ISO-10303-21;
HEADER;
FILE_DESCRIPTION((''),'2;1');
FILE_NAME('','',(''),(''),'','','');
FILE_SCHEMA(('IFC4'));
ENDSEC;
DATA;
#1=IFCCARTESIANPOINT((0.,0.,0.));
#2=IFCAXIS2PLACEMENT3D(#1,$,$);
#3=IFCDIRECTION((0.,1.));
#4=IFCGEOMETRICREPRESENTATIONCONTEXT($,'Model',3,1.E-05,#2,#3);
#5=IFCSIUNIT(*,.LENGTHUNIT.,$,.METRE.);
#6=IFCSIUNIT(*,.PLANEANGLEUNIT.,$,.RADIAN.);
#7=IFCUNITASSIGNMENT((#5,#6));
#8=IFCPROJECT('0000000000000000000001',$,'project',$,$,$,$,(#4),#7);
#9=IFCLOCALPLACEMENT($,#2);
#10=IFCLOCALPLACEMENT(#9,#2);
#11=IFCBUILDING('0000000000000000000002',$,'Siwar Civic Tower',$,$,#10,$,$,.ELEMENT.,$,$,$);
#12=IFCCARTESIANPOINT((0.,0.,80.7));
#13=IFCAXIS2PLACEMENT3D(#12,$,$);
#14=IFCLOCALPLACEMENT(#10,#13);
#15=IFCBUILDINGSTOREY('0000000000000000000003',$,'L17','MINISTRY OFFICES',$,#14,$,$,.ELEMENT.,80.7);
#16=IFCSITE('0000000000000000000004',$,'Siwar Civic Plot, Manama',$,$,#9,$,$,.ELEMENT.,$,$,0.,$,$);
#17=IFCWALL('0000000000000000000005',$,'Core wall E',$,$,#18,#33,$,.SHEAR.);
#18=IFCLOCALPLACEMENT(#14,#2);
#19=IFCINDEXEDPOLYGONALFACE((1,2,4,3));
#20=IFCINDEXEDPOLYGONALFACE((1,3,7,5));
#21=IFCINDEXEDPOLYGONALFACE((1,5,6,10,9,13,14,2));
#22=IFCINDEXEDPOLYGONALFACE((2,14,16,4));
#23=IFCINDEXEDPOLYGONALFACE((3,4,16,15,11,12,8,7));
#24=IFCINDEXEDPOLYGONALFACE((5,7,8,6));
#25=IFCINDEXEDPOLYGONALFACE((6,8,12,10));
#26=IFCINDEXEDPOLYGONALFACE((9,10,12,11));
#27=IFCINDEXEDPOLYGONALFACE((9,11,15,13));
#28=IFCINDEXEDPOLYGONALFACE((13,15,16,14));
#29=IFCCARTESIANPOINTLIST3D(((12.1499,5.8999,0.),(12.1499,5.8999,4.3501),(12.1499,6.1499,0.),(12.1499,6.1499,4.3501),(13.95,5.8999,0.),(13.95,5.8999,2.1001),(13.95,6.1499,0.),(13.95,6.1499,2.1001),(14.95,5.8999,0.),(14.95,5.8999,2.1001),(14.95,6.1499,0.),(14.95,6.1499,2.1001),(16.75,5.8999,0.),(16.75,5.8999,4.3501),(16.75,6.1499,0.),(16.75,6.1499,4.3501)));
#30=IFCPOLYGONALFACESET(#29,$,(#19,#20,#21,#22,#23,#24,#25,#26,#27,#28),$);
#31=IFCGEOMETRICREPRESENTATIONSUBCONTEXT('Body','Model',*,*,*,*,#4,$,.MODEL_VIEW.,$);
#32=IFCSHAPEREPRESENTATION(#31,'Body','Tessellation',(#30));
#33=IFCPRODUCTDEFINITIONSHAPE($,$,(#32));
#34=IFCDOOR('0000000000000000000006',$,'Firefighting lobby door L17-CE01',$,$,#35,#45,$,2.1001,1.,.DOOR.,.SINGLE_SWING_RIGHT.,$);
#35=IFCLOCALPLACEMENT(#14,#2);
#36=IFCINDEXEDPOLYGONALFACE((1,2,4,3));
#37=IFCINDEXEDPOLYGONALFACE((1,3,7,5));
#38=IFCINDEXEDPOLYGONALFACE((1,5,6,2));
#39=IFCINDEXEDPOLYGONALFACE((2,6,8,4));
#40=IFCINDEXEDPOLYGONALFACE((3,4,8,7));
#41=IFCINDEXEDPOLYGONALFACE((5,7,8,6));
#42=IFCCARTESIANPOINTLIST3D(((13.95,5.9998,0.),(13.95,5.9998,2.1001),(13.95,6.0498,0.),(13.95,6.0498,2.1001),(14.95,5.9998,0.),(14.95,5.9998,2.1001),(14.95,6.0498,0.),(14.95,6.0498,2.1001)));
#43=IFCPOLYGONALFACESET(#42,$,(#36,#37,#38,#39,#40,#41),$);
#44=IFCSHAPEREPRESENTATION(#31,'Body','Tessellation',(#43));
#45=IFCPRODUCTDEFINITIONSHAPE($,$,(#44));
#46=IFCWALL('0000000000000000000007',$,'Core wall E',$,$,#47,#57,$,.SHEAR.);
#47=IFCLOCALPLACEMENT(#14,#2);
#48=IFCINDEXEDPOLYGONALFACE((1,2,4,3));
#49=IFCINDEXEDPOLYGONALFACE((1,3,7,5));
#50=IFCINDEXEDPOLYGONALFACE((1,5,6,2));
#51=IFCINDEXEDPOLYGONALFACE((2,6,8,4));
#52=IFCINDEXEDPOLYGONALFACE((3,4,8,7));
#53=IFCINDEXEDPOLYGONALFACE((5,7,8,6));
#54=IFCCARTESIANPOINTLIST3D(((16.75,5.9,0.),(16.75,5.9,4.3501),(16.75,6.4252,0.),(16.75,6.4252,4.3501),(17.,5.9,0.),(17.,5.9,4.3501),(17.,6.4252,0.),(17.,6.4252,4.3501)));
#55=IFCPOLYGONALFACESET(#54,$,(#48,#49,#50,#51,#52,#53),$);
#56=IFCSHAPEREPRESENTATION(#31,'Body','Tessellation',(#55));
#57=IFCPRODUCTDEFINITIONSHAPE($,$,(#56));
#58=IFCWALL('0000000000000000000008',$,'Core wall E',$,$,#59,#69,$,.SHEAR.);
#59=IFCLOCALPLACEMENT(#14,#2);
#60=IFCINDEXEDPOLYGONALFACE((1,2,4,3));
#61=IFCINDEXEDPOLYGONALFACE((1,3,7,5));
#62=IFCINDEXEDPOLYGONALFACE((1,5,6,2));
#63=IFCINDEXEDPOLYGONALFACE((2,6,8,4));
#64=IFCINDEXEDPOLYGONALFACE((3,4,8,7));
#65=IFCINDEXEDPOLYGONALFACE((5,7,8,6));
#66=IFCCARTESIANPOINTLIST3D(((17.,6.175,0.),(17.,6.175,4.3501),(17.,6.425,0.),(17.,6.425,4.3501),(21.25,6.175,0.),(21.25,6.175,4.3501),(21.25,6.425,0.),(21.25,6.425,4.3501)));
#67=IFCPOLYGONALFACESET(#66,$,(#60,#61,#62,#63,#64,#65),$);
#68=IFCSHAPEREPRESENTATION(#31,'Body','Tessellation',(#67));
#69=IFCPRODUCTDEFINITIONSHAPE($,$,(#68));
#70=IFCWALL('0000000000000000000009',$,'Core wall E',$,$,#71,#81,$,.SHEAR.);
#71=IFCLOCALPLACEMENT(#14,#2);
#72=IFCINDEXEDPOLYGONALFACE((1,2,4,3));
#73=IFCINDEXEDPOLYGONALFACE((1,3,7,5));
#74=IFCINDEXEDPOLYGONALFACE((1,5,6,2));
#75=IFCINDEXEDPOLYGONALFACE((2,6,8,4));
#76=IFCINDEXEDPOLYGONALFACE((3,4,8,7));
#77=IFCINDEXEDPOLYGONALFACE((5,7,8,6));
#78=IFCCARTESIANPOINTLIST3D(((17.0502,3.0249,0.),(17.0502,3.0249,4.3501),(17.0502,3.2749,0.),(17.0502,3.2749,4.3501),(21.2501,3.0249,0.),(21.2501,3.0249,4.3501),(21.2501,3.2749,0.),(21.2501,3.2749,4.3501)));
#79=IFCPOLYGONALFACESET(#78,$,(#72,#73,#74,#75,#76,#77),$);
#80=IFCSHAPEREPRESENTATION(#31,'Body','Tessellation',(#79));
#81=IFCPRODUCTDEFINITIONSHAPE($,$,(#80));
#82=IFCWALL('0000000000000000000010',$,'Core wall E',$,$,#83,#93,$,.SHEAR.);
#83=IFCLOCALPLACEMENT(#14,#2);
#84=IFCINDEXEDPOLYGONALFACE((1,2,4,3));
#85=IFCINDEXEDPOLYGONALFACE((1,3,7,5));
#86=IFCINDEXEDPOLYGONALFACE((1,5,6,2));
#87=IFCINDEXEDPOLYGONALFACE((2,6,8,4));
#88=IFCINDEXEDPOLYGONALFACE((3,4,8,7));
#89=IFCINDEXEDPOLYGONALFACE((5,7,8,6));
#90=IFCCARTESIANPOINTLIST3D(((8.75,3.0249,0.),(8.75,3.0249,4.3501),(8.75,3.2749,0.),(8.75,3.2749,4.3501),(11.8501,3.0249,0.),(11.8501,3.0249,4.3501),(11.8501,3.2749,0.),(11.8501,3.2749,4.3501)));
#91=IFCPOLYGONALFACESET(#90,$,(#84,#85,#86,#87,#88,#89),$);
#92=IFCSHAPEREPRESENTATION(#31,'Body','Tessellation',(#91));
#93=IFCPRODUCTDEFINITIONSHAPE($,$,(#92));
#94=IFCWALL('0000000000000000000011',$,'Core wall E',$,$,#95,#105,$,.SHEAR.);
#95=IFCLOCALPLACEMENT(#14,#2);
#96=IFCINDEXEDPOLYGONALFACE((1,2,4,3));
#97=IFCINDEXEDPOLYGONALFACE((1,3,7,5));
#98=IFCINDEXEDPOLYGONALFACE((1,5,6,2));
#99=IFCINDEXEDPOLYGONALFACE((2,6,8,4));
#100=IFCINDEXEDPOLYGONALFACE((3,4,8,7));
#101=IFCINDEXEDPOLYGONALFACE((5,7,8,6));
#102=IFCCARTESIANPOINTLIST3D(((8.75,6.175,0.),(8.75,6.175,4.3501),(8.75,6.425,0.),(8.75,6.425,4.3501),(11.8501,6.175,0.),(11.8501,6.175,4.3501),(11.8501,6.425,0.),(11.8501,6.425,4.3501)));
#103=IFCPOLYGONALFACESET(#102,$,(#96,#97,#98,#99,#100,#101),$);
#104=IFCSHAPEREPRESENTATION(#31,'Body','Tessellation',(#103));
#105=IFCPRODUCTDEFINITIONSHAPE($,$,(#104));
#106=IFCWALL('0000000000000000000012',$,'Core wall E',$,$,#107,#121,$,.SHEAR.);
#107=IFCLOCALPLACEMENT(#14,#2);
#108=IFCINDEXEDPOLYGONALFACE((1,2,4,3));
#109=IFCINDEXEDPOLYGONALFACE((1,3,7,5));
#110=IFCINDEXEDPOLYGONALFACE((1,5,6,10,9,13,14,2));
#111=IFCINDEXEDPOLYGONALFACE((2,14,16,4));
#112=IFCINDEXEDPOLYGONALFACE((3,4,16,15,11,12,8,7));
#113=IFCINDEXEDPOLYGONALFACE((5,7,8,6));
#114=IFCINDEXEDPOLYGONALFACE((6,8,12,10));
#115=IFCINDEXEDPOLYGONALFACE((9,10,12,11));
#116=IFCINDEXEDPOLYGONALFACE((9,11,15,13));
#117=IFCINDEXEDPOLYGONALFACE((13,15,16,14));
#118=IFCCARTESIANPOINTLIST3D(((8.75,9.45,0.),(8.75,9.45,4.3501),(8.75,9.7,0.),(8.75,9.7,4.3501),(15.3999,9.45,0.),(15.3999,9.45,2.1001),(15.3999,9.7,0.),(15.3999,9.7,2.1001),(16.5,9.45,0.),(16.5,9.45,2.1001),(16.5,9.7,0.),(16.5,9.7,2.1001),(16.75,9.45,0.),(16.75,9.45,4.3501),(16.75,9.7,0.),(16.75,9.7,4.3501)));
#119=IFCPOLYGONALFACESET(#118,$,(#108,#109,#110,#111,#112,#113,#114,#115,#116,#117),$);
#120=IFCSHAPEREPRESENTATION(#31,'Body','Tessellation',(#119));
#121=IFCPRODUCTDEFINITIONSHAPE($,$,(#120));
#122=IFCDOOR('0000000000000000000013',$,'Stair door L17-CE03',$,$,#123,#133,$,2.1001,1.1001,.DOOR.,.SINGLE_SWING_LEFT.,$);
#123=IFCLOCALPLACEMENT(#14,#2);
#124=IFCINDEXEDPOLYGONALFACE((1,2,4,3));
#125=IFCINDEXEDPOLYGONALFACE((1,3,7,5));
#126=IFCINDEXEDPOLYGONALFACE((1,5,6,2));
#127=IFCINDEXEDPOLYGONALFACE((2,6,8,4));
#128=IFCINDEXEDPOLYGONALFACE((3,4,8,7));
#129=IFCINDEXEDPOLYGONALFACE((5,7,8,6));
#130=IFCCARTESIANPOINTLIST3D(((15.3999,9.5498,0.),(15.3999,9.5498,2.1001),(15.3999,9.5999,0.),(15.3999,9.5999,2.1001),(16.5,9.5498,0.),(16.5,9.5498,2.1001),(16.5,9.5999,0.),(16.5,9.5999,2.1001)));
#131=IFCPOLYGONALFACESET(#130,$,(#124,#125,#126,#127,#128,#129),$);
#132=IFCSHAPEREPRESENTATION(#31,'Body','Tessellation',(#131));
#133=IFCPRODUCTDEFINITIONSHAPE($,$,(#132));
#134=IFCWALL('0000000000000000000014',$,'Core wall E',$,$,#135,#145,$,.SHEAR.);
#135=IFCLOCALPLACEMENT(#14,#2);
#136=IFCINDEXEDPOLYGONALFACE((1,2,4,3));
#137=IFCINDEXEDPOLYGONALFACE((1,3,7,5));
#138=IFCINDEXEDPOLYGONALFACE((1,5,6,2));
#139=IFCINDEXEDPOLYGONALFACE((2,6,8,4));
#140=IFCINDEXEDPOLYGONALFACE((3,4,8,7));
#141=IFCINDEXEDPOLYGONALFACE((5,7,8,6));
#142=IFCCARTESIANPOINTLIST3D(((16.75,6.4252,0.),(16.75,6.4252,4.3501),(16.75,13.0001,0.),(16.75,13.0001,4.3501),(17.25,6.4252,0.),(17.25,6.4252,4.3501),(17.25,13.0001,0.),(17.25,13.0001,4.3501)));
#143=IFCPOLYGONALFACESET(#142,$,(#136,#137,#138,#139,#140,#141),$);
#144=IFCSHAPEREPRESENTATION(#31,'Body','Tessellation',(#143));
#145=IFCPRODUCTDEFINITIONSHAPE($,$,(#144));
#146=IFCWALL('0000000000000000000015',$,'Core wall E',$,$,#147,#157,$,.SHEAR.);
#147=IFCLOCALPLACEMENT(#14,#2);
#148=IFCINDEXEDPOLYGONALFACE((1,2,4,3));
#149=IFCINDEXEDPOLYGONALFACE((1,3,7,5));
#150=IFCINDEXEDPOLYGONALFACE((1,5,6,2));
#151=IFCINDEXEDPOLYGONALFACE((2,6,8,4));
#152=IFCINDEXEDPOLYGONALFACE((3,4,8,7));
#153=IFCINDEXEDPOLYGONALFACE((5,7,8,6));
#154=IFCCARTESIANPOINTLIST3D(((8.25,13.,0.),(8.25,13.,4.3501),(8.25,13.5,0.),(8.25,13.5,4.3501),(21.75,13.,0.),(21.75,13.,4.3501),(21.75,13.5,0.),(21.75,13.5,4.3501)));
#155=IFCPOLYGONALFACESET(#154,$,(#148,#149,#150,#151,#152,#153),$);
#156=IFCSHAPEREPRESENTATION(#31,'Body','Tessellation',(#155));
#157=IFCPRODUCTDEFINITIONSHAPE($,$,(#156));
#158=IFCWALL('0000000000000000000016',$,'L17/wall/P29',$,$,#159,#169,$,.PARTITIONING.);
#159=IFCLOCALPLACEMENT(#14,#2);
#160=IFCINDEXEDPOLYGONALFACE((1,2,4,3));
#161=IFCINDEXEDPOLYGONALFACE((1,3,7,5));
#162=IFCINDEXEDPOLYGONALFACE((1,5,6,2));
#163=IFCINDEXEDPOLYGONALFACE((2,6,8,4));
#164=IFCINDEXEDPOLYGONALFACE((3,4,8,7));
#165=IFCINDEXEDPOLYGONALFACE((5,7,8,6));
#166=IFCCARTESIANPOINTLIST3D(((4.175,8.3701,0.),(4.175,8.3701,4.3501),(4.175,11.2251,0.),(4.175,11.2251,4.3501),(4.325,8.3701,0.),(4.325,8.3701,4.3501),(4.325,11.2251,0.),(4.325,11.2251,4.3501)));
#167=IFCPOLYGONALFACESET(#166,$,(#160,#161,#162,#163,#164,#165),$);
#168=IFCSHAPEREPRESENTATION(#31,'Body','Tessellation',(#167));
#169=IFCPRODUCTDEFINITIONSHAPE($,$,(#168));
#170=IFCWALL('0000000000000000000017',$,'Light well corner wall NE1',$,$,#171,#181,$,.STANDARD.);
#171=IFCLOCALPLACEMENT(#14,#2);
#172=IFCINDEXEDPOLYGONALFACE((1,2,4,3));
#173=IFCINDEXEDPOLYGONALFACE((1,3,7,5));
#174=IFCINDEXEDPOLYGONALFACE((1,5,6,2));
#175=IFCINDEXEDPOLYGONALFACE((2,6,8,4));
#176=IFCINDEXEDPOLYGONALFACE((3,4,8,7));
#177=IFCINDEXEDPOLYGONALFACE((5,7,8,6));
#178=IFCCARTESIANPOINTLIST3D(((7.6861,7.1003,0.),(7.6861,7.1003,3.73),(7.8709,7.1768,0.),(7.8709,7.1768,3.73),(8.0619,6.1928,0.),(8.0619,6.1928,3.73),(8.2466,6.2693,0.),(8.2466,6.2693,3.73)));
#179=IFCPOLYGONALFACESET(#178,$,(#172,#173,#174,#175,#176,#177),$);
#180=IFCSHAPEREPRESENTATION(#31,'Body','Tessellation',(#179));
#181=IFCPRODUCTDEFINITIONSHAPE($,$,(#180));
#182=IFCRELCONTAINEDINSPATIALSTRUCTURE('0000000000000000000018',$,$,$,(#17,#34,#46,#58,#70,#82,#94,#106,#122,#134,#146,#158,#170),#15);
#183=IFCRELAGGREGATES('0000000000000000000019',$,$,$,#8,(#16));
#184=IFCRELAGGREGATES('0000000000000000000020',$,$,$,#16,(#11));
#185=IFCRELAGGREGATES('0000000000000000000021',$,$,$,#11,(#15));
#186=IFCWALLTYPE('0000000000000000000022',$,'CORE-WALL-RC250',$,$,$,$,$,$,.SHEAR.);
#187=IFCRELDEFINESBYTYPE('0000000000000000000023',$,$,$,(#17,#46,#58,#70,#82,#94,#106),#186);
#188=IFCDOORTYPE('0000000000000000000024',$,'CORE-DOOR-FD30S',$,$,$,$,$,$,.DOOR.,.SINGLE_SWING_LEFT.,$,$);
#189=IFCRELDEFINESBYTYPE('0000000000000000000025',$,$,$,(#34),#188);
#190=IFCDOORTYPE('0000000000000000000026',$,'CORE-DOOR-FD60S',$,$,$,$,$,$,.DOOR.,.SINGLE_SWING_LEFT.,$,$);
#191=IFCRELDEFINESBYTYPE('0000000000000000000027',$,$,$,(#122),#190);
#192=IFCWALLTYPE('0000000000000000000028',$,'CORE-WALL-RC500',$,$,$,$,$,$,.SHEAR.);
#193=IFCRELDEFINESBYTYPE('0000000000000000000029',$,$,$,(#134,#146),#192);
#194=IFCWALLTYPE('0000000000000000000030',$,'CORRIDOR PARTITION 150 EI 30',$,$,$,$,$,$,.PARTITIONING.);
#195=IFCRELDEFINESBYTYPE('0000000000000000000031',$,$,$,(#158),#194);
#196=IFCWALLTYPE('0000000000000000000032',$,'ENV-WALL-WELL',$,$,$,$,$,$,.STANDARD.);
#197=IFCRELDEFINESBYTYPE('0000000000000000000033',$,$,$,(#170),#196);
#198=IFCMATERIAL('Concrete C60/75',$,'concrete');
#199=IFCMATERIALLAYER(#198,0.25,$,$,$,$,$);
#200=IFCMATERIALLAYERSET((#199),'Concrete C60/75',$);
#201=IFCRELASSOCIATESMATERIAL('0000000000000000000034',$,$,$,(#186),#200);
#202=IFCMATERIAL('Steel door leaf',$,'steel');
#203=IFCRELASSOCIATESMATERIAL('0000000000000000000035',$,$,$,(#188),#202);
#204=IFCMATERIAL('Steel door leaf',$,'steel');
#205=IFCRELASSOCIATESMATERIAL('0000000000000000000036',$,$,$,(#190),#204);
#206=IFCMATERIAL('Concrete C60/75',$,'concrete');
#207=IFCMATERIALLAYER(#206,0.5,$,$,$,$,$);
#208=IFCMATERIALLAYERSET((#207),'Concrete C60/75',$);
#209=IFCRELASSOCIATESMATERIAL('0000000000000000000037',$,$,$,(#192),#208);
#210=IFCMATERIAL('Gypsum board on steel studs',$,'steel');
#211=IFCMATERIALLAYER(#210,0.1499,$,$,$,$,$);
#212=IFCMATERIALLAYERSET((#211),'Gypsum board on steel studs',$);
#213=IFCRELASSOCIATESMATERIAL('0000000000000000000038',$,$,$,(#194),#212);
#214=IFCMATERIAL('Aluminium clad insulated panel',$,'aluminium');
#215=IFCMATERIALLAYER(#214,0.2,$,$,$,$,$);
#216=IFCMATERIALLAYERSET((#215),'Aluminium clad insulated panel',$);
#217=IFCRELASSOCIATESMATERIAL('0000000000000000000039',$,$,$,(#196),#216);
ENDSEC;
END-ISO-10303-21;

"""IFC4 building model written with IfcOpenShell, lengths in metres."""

from ifc_helpers import new_model, si_unit, direction, frame, frame_2d, origin, place, context, subcontext, project, spatial, rectangle, extrude, material, layer, layer_set, type_object, element, fill, save


model = new_model("IFC4")

# Units and contexts
model_context = context("Model", 3, precision=1e-05, world=origin(), true_north=direction((0.0, 1.0)))
body_context = subcontext(model_context, "Body", "Model", "MODEL_VIEW")
ifc_project = project(units=[si_unit("LENGTHUNIT", "METRE"), si_unit("PLANEANGLEUNIT", "RADIAN")], contexts=[model_context])

# Site, building, storey
site_placement = place(None, origin())
site = spatial("IfcSite", under=ifc_project, at=site_placement, Name="Siwar Civic Plot, Manama", CompositionType="ELEMENT", RefElevation=0.0)
building_placement = place(site_placement, origin())
building = spatial("IfcBuilding", under=site, at=building_placement, Name="Siwar Civic Tower", CompositionType="ELEMENT")
storey_placement = place(building_placement, frame((0.0, 0.0, 80.7)))
storey = spatial("IfcBuildingStorey", under=building, at=storey_placement, Name="L17", Description="MINISTRY OFFICES", CompositionType="ELEMENT", Elevation=80.7)

# Wall, opening, door
ifc_material_1 = material(Name="Concrete C60/75", Category="concrete")
ifc_layer_1 = layer(ifc_material_1, 0.25)
ifc_layer_set_1 = layer_set([ifc_layer_1], Name="Concrete C60/75")
wall_type_1 = type_object("IfcWallType", Name="CORE-WALL-RC250", PredefinedType="SHEAR", material=ifc_layer_set_1)
wall_1_placement = place(storey_placement, frame((12.1499, 6.0249, 0.0), z_axis=(0.0, 0.0, 1.0), x_axis=(1.0, 0.0, 0.0)))
wall_1 = element("IfcWall", 1, at=wall_1_placement, inside=storey, type_object=wall_type_1, Name="Core wall E", PredefinedType="SHEAR", context=body_context, shape_type="SweptSolid", body=[
    extrude(rectangle(XDim=4.6001, YDim=0.25, at=frame_2d((2.3, 0.0))), origin(), (0.0, 0.0, 1.0), 4.3501),
])
opening_1_placement = place(wall_1_placement, frame((1.8, 0.0, 0.0)))
opening_1 = element("IfcOpeningElement", 2, at=opening_1_placement, cuts=wall_1, PredefinedType="OPENING", context=body_context, shape_type="SweptSolid", body=[
    extrude(rectangle(XDim=1.0, YDim=2.1001, at=frame_2d((0.5, 1.05))), frame((0.0, 0.135, 0.0), z_axis=(0.0, -1.0, 0.0), x_axis=(1.0, 0.0, 0.0)), (0.0, 0.0, 1.0), 0.27),
])
ifc_material_2 = material(Name="Steel door leaf", Category="steel")
door_type_1 = type_object("IfcDoorType", Name="CORE-DOOR-FD30S", OperationType="SINGLE_SWING_LEFT", PredefinedType="DOOR", material=ifc_material_2)
door_1_placement = place(opening_1_placement, origin())
door_1 = element("IfcDoor", 3, at=door_1_placement, inside=storey, type_object=door_type_1, Name="Firefighting lobby door L17-CE01", OperationType="SINGLE_SWING_RIGHT", OverallHeight=2.1001, OverallWidth=1.0, PredefinedType="DOOR", context=body_context, shape_type="SweptSolid", body=[
    extrude(rectangle(XDim=1.0, YDim=2.1001, at=frame_2d((0.5, 1.05))), frame((0.0, 0.0249, 0.0), z_axis=(0.0, -1.0, 0.0), x_axis=(1.0, 0.0, 0.0)), (0.0, 0.0, 1.0), 0.05),
])
fill(opening_1, door_1)

# Walls
wall_2_placement = place(storey_placement, frame((16.875, 5.8999, 0.0), z_axis=(0.0, 0.0, 1.0), x_axis=(0.0, 1.0, 0.0)))
element("IfcWall", 4, at=wall_2_placement, inside=storey, type_object=wall_type_1, Name="Core wall E", PredefinedType="SHEAR", context=body_context, shape_type="SweptSolid", body=[
    extrude(rectangle(XDim=0.5251, YDim=0.25, at=frame_2d((0.2627, 0.0))), origin(), (0.0, 0.0, 1.0), 4.3501),
])
wall_3_placement = place(storey_placement, frame((17.0, 6.3, 0.0), z_axis=(0.0, 0.0, 1.0), x_axis=(1.0, 0.0, 0.0)))
element("IfcWall", 5, at=wall_3_placement, inside=storey, type_object=wall_type_1, Name="Core wall E", PredefinedType="SHEAR", context=body_context, shape_type="SweptSolid", body=[
    extrude(rectangle(XDim=4.25, YDim=0.25, at=frame_2d((2.125, 0.0))), origin(), (0.0, 0.0, 1.0), 4.3501),
])
wall_4_placement = place(storey_placement, frame((17.05, 3.1499, 0.0), z_axis=(0.0, 0.0, 1.0), x_axis=(1.0, 0.0, 0.0)))
element("IfcWall", 6, at=wall_4_placement, inside=storey, type_object=wall_type_1, Name="Core wall E", PredefinedType="SHEAR", context=body_context, shape_type="SweptSolid", body=[
    extrude(rectangle(XDim=4.2, YDim=0.25, at=frame_2d((2.1001, 0.0))), origin(), (0.0, 0.0, 1.0), 4.3501),
])
for number, where, z_axis, x_axis, name in (
    (7, (8.75, 3.1499, 0.0), (0.0, 0.0, 1.0), (1.0, 0.0, 0.0), "Core wall E"),
    (8, (8.75, 6.3, 0.0), (0.0, 0.0, 1.0), (1.0, 0.0, 0.0), "Core wall E"),
):
    element("IfcWall", number, at=place(storey_placement, frame(where, z_axis=z_axis, x_axis=x_axis)), inside=storey, type_object=wall_type_1, Name=name, PredefinedType="SHEAR", context=body_context, shape_type="SweptSolid", body=[
        extrude(rectangle(XDim=3.1001, YDim=0.25, at=frame_2d((1.55, 0.0))), origin(), (0.0, 0.0, 1.0), 4.3501),
    ])

# Wall, opening, door
wall_5_placement = place(storey_placement, frame((8.75, 9.575, 0.0), z_axis=(0.0, 0.0, 1.0), x_axis=(1.0, 0.0, 0.0)))
wall_5 = element("IfcWall", 9, at=wall_5_placement, inside=storey, type_object=wall_type_1, Name="Core wall E", PredefinedType="SHEAR", context=body_context, shape_type="SweptSolid", body=[
    extrude(rectangle(XDim=8.0, YDim=0.25, at=frame_2d((4.0, 0.0))), origin(), (0.0, 0.0, 1.0), 4.3501),
])
opening_2_placement = place(wall_5_placement, frame((6.6499, 0.0, 0.0)))
opening_2 = element("IfcOpeningElement", 10, at=opening_2_placement, cuts=wall_5, PredefinedType="OPENING", context=body_context, shape_type="SweptSolid", body=[
    extrude(rectangle(XDim=1.1001, YDim=2.1001, at=frame_2d((0.55, 1.05))), frame((0.0, 0.135, 0.0), z_axis=(0.0, -1.0, 0.0), x_axis=(1.0, 0.0, 0.0)), (0.0, 0.0, 1.0), 0.27),
])
ifc_material_3 = material(Name="Steel door leaf", Category="steel")
door_type_2 = type_object("IfcDoorType", Name="CORE-DOOR-FD60S", OperationType="SINGLE_SWING_LEFT", PredefinedType="DOOR", material=ifc_material_3)
door_2_placement = place(opening_2_placement, origin())
door_2 = element("IfcDoor", 11, at=door_2_placement, inside=storey, type_object=door_type_2, Name="Stair door L17-CE03", OperationType="SINGLE_SWING_LEFT", OverallHeight=2.1001, OverallWidth=1.1001, PredefinedType="DOOR", context=body_context, shape_type="SweptSolid", body=[
    extrude(rectangle(XDim=1.1001, YDim=2.1001, at=frame_2d((0.55, 1.05))), frame((0.0, 0.0249, 0.0), z_axis=(0.0, -1.0, 0.0), x_axis=(1.0, 0.0, 0.0)), (0.0, 0.0, 1.0), 0.05),
])
fill(opening_2, door_2)

# Walls
ifc_material_4 = material(Name="Concrete C60/75", Category="concrete")
ifc_layer_2 = layer(ifc_material_4, 0.5)
ifc_layer_set_2 = layer_set([ifc_layer_2], Name="Concrete C60/75")
wall_type_2 = type_object("IfcWallType", Name="CORE-WALL-RC500", PredefinedType="SHEAR", material=ifc_layer_set_2)
wall_6_placement = place(storey_placement, frame((17.0, 6.425, 0.0), z_axis=(0.0, 0.0, 1.0), x_axis=(0.0, 1.0, 0.0)))
element("IfcWall", 12, at=wall_6_placement, inside=storey, type_object=wall_type_2, Name="Core wall E", PredefinedType="SHEAR", context=body_context, shape_type="SweptSolid", body=[
    extrude(rectangle(XDim=6.575, YDim=0.5, at=frame_2d((3.2876, 0.0))), origin(), (0.0, 0.0, 1.0), 4.3501),
])
wall_7_placement = place(storey_placement, frame((8.25, 13.25, 0.0), z_axis=(0.0, 0.0, 1.0), x_axis=(1.0, 0.0, 0.0)))
element("IfcWall", 13, at=wall_7_placement, inside=storey, type_object=wall_type_2, Name="Core wall E", PredefinedType="SHEAR", context=body_context, shape_type="SweptSolid", body=[
    extrude(rectangle(XDim=13.5, YDim=0.5, at=frame_2d((6.75, 0.0))), origin(), (0.0, 0.0, 1.0), 4.3501),
])
ifc_material_5 = material(Name="Gypsum board on steel studs", Category="steel")
ifc_layer_3 = layer(ifc_material_5, 0.1499)
ifc_layer_set_3 = layer_set([ifc_layer_3], Name="Gypsum board on steel studs")
wall_type_3 = type_object("IfcWallType", Name="CORRIDOR PARTITION 150 EI 30", PredefinedType="PARTITIONING", material=ifc_layer_set_3)
wall_8_placement = place(storey_placement, frame((4.25, 8.3701, 0.0), z_axis=(0.0, 0.0, 1.0), x_axis=(0.0, 1.0, 0.0)))
element("IfcWall", 14, at=wall_8_placement, inside=storey, type_object=wall_type_3, Name="L17/wall/P29", PredefinedType="PARTITIONING", context=body_context, shape_type="SweptSolid", body=[
    extrude(rectangle(XDim=2.855, YDim=0.1499, at=frame_2d((1.4275, 0.0))), origin(), (0.0, 0.0, 1.0), 4.3501),
])
ifc_material_6 = material(Name="Aluminium clad insulated panel", Category="aluminium")
ifc_layer_4 = layer(ifc_material_6, 0.2)
ifc_layer_set_4 = layer_set([ifc_layer_4], Name="Aluminium clad insulated panel")
wall_type_4 = type_object("IfcWallType", Name="ENV-WALL-WELL", PredefinedType="STANDARD", material=ifc_layer_set_4)
wall_9_placement = place(storey_placement, frame((8.1543, 6.231, 0.0), z_axis=(0.0, 0.0, 1.0), x_axis=(-0.382549, 0.923935, 0.0)))
element("IfcWall", 15, at=wall_9_placement, inside=storey, type_object=wall_type_4, Name="Light well corner wall NE1", PredefinedType="STANDARD", context=body_context, shape_type="SweptSolid", body=[
    extrude(rectangle(XDim=0.9822, YDim=0.2, at=frame_2d((0.4912, 0.0))), origin(), (0.0, 0.0, 1.0), 3.73),
])

save(model, "model.ifc")
